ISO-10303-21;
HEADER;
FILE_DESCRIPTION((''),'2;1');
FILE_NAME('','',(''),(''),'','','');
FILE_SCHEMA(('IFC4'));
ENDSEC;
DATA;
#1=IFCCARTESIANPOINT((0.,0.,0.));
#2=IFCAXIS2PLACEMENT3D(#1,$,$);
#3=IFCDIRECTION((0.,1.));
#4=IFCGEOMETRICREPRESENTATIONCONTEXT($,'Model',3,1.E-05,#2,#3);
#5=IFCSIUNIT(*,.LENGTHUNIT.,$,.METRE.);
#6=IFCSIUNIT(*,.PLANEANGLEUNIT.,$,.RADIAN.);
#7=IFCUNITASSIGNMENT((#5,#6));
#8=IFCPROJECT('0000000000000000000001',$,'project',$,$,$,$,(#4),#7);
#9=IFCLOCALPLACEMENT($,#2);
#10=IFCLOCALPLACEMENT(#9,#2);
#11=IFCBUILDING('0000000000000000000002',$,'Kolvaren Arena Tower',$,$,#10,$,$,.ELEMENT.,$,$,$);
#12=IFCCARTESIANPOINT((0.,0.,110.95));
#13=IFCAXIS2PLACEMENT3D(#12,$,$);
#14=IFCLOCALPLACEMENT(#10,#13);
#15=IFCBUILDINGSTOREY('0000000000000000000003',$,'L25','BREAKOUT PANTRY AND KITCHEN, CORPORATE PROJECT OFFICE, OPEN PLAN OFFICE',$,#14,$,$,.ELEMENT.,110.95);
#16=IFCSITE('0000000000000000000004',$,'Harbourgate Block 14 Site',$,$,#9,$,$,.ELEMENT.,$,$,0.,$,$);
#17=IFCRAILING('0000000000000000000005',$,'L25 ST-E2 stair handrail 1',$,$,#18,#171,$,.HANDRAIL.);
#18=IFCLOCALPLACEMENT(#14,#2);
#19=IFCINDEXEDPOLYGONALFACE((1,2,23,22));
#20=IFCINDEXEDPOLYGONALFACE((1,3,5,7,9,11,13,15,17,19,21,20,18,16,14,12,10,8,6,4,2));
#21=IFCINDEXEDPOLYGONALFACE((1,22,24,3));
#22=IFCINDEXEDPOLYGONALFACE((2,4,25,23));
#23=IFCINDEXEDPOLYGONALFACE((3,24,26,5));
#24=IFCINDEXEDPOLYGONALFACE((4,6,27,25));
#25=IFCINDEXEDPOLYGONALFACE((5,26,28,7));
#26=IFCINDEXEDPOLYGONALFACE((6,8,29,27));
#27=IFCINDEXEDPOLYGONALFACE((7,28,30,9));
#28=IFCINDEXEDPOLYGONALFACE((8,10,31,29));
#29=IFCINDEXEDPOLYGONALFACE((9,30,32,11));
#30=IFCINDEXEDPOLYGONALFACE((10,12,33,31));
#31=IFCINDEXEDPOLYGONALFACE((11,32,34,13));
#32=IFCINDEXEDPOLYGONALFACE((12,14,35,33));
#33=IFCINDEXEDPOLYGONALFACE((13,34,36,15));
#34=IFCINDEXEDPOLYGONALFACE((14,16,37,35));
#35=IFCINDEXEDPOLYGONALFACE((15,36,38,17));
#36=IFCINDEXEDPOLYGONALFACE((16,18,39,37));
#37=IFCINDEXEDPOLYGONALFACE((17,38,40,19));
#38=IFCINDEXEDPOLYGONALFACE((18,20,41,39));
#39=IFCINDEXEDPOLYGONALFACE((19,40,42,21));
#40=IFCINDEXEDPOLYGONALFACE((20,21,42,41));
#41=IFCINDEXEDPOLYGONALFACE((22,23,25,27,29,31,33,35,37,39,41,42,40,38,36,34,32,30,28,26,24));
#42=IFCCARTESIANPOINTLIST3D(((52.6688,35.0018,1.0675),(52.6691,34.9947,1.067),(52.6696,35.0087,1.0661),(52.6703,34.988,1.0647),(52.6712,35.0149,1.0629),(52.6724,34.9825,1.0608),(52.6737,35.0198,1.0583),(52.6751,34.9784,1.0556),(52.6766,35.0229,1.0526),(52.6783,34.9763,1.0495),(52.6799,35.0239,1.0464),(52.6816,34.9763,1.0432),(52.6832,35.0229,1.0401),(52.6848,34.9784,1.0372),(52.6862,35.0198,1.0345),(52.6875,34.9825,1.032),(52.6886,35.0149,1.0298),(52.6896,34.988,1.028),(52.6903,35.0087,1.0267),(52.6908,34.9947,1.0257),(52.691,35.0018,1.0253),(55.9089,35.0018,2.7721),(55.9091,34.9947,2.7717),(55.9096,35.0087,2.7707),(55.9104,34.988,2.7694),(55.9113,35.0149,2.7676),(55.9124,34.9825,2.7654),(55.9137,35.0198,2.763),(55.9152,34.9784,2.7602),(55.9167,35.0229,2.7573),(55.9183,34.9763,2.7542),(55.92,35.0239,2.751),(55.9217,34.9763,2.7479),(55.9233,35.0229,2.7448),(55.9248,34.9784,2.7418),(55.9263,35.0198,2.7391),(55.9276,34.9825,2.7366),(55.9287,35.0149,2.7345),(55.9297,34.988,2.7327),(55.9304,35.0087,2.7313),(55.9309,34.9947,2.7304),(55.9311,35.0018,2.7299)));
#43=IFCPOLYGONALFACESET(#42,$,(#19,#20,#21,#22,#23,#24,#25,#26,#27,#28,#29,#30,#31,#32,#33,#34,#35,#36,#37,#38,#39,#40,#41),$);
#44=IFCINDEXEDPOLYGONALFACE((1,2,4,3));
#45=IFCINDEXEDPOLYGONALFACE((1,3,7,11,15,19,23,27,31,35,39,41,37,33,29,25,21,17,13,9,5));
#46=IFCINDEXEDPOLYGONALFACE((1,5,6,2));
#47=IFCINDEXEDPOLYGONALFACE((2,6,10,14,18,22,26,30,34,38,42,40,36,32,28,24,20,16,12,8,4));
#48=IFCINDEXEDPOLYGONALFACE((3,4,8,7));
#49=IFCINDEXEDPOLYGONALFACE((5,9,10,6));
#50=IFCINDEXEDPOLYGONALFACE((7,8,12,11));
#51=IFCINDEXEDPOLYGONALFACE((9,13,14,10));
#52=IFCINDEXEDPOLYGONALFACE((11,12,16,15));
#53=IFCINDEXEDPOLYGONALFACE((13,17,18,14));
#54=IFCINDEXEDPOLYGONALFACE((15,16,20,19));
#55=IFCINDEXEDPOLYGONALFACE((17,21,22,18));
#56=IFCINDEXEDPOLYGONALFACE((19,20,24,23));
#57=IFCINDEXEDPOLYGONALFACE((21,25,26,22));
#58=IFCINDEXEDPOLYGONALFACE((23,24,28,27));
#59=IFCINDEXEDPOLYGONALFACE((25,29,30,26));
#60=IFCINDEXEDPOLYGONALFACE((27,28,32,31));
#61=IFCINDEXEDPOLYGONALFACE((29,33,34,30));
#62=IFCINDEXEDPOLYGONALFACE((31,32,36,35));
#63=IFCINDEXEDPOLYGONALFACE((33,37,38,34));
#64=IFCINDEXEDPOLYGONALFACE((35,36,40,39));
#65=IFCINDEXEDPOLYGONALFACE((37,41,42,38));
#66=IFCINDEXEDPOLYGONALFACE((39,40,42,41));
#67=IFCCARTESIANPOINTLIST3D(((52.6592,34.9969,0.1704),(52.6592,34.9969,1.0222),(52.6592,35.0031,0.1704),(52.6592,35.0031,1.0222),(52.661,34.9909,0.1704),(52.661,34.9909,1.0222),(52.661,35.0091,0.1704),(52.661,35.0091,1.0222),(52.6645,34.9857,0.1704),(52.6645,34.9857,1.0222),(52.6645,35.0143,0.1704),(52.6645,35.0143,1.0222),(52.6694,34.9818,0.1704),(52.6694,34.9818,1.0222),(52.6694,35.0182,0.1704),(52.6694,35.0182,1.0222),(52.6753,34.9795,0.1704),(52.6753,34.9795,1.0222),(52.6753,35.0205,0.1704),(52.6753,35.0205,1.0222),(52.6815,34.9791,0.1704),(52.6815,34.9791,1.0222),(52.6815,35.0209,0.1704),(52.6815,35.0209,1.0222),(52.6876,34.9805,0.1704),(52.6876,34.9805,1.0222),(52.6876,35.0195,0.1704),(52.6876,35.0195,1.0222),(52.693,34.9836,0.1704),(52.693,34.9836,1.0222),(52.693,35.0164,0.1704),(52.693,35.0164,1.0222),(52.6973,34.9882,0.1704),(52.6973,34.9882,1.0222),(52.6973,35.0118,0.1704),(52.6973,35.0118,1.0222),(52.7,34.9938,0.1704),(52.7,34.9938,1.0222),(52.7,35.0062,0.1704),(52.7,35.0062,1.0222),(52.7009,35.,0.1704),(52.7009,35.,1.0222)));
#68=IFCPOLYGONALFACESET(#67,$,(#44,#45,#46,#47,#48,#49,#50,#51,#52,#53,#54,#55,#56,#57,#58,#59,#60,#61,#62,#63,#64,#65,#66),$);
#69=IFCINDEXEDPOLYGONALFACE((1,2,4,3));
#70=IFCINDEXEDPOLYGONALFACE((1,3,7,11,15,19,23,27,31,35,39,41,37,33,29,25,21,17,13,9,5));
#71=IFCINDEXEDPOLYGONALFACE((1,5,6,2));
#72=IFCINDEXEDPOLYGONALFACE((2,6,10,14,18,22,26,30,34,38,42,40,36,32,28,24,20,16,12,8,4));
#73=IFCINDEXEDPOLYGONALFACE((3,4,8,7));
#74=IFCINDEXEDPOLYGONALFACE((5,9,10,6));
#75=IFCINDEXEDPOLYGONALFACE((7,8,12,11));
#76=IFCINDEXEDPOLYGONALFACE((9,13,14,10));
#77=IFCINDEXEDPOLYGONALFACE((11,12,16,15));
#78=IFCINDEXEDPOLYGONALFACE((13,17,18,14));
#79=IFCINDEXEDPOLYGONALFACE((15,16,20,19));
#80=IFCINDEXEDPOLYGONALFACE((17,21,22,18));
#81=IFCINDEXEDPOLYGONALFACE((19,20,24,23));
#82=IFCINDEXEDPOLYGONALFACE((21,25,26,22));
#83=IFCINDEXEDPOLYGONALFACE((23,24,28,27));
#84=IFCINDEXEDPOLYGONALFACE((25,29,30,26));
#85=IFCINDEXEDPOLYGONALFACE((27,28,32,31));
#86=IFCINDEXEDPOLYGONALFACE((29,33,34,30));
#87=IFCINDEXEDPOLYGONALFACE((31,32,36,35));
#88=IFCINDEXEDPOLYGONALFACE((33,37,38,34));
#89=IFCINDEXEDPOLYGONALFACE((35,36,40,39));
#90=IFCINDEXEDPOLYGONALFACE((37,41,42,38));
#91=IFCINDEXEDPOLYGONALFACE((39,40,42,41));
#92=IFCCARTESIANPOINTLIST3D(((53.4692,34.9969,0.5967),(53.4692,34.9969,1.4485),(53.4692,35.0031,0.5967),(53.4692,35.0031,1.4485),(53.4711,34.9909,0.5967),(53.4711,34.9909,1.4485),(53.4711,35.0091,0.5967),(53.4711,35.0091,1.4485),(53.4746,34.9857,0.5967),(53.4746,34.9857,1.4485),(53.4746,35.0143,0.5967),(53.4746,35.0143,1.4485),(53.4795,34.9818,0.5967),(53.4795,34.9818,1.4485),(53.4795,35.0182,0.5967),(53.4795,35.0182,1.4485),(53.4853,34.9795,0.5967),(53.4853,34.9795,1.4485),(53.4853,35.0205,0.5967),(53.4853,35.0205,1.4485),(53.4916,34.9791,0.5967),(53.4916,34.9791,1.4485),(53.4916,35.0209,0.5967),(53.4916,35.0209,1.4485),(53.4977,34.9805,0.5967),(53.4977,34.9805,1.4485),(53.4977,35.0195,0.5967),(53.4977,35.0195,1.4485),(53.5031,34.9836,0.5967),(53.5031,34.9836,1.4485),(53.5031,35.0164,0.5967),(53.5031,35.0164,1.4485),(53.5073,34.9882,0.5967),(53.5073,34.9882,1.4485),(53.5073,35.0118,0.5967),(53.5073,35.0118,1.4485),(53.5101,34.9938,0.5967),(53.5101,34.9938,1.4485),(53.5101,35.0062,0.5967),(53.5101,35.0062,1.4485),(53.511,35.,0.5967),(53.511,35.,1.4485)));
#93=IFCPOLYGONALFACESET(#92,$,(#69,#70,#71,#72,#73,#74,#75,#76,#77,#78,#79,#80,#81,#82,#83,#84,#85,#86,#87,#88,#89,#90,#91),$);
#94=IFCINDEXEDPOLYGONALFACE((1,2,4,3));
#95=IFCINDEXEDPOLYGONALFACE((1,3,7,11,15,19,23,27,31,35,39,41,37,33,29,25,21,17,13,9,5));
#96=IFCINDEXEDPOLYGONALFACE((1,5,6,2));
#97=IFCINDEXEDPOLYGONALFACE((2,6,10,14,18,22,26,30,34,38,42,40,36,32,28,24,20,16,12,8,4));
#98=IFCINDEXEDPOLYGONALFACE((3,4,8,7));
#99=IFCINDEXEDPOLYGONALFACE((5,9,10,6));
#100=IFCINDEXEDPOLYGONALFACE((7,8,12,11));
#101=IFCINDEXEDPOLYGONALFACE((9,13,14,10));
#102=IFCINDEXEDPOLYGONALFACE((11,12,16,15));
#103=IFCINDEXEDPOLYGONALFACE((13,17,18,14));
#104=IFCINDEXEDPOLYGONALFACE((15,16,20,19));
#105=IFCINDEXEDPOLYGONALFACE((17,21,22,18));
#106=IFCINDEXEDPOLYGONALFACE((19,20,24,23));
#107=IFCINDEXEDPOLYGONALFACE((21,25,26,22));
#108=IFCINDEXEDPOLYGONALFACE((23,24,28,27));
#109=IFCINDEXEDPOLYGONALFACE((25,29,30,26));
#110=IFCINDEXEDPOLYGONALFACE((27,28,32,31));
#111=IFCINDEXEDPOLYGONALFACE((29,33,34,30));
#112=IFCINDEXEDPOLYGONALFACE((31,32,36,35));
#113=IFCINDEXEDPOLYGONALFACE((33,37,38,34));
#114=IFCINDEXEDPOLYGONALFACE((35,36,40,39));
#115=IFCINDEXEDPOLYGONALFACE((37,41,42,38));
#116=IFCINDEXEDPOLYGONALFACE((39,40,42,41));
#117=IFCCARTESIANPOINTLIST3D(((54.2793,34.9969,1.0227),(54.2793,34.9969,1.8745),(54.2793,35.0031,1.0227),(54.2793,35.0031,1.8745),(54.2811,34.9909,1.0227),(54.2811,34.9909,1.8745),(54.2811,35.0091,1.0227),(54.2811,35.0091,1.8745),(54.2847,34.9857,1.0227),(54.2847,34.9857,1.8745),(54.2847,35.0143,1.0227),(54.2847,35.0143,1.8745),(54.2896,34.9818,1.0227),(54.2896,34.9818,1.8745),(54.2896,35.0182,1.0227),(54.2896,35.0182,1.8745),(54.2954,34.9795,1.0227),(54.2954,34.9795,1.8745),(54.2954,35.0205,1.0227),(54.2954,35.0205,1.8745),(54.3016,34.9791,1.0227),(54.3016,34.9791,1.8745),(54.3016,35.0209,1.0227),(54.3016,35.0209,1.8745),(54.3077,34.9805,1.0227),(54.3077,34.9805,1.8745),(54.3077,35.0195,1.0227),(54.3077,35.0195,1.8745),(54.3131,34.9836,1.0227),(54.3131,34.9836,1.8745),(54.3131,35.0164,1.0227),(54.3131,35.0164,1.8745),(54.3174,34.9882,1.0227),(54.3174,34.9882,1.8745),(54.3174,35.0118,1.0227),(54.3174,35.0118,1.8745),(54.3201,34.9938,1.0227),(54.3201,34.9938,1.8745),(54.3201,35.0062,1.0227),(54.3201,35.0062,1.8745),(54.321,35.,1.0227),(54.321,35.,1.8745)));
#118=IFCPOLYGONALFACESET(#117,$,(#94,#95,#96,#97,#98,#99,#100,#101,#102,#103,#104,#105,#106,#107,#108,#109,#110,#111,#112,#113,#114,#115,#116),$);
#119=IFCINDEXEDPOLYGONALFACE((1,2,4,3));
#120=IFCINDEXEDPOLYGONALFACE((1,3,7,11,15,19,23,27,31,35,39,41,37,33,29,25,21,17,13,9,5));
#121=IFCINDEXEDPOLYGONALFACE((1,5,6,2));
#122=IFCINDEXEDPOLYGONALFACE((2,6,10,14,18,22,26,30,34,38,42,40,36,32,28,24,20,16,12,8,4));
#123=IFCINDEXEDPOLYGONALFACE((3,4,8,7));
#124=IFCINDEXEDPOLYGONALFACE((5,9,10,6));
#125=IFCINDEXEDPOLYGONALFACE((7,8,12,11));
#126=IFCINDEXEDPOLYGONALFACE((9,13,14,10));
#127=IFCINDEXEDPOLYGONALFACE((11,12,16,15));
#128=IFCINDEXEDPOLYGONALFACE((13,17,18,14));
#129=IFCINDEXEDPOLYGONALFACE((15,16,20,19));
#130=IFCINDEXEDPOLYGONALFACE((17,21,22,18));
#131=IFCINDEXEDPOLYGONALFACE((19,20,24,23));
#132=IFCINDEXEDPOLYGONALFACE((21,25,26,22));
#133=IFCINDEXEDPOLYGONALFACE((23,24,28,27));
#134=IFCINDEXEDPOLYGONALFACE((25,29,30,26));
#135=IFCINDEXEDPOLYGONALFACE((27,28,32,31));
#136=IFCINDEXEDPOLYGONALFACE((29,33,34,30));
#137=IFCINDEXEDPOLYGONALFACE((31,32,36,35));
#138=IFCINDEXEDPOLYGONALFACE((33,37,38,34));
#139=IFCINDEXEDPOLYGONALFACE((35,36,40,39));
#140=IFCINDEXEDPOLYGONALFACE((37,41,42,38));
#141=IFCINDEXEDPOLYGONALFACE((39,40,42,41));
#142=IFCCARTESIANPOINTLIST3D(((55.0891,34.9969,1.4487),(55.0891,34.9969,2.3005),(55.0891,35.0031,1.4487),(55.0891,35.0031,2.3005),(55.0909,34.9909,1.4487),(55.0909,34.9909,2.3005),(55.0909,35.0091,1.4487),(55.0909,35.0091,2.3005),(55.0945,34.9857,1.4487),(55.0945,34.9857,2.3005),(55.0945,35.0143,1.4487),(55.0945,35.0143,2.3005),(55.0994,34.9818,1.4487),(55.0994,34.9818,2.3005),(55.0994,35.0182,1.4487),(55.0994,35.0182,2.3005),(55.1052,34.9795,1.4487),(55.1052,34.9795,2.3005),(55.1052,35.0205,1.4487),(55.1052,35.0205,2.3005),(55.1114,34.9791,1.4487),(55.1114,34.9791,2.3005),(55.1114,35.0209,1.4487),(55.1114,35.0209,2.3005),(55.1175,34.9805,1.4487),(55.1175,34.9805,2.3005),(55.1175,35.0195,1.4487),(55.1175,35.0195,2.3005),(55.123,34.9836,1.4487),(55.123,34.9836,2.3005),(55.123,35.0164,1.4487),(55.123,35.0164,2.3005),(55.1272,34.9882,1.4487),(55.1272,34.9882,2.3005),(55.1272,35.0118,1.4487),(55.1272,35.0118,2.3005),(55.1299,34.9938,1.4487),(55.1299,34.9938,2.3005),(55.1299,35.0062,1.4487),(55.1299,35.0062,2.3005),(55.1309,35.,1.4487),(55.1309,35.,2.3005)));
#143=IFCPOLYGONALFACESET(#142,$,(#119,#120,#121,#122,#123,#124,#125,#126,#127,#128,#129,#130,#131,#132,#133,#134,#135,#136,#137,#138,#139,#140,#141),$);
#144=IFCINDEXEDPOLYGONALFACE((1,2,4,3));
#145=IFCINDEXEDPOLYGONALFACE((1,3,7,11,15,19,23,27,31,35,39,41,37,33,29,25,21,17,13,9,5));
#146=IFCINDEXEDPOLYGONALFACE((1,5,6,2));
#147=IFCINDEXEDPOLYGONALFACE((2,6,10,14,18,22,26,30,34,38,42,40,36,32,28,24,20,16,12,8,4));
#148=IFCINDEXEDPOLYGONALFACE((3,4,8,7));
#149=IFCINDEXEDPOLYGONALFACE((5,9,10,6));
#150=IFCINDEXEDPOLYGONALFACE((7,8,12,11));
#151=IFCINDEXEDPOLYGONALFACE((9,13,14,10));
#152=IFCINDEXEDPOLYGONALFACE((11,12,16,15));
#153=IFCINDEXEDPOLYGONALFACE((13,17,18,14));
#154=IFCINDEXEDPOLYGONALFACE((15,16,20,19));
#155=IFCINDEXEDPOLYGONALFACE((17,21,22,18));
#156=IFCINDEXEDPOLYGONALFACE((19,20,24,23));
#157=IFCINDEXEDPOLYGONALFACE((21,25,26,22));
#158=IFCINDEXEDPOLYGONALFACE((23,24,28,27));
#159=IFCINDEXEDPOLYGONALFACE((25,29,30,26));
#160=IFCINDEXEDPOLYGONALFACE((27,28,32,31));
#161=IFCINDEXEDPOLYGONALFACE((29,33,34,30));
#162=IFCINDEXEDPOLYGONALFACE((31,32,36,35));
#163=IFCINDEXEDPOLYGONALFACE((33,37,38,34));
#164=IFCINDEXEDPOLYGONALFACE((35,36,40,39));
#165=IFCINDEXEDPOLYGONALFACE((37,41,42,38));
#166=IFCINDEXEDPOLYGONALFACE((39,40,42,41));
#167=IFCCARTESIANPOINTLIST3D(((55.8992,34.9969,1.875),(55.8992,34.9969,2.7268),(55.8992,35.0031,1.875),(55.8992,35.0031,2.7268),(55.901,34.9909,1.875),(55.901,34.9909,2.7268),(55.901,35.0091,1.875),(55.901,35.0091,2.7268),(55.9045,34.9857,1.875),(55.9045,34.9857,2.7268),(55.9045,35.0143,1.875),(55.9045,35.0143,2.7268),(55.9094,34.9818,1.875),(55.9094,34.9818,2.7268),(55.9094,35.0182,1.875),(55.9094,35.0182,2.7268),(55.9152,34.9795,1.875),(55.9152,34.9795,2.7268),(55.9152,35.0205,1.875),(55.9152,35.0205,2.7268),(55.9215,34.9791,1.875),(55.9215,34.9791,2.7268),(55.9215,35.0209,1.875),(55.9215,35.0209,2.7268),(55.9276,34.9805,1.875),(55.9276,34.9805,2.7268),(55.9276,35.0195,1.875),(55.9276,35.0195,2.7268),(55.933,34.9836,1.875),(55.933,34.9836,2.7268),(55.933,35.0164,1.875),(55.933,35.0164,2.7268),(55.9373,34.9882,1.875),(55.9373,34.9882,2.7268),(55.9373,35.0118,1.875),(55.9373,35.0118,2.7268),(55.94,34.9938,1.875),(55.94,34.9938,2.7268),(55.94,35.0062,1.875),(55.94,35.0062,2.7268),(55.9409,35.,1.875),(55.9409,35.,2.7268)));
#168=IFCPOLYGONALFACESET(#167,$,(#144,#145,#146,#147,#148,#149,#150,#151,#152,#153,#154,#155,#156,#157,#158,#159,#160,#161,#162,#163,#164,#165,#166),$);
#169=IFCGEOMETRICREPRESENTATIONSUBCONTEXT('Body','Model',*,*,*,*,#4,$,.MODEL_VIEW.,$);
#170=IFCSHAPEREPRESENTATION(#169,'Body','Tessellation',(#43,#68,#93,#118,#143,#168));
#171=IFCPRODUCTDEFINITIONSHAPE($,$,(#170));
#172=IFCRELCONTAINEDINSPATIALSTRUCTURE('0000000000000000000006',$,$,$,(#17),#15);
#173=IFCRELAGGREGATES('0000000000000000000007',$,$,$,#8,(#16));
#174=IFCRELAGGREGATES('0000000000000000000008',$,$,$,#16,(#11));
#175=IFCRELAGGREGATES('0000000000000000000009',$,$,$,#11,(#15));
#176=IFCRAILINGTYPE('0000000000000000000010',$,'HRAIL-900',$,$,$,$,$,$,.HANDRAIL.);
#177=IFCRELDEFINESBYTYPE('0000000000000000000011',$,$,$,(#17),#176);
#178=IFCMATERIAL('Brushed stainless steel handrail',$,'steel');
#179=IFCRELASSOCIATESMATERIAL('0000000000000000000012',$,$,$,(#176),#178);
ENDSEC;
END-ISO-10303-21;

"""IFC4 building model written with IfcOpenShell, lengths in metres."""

from ifc_helpers import new_model, si_unit, direction, frame, origin, origin_2d, place, context, subcontext, project, spatial, circle, extrude, material, type_object, element, save


model = new_model("IFC4")

# Units and contexts
model_context = context("Model", 3, precision=1e-05, world=origin(), true_north=direction((0.0, 1.0)))
body_context = subcontext(model_context, "Body", "Model", "MODEL_VIEW")
ifc_project = project(units=[si_unit("LENGTHUNIT", "METRE"), si_unit("PLANEANGLEUNIT", "RADIAN")], contexts=[model_context])

# Site, building, storey
site_placement = place(None, origin())
site = spatial("IfcSite", under=ifc_project, at=site_placement, Name="Harbourgate Block 14 Site", CompositionType="ELEMENT", RefElevation=0.0)
building_placement = place(site_placement, origin())
building = spatial("IfcBuilding", under=site, at=building_placement, Name="Kolvaren Arena Tower", CompositionType="ELEMENT")
storey_placement = place(building_placement, frame((0.0, 0.0, 110.95)))
storey = spatial("IfcBuildingStorey", under=building, at=storey_placement, Name="L25", Description="BREAKOUT PANTRY AND KITCHEN, CORPORATE PROJECT OFFICE, OPEN PLAN OFFICE", CompositionType="ELEMENT", Elevation=110.95)

# Railing
ifc_material_1 = material(Name="Brushed stainless steel handrail", Category="steel")
railing_type_1 = type_object("IfcRailingType", Name="HRAIL-900", PredefinedType="HANDRAIL", material=ifc_material_1)
for number, where, name in (
    (1, (52.6799, 35.0, 0.1704), "L25 ST-E2 stair handrail 1"),
):
    element("IfcRailing", number, at=place(storey_placement, frame(where)), inside=storey, type_object=railing_type_1, Name=name, PredefinedType="HANDRAIL", context=body_context, shape_type="SweptSolid", body=[
        extrude(circle(Radius=0.0239, at=origin_2d()), frame((0.0, 0.0, 0.876), z_axis=(0.884993, 0.0, 0.465604), x_axis=(0.0, 1.0, 0.0)), (0.0, 0.0, 1.0), 3.6611),
        extrude(circle(Radius=0.021, at=origin_2d()), origin(), (0.0, 0.0, 1.0), 0.8518),
        extrude(circle(Radius=0.021, at=origin_2d()), frame((0.8101, 0.0, 0.4263)), (0.0, 0.0, 1.0), 0.8518),
        extrude(circle(Radius=0.021, at=origin_2d()), frame((1.6201, 0.0, 0.8523)), (0.0, 0.0, 1.0), 0.8518),
        extrude(circle(Radius=0.021, at=origin_2d()), frame((2.4299, 0.0, 1.2783)), (0.0, 0.0, 1.0), 0.8518),
        extrude(circle(Radius=0.021, at=origin_2d()), frame((3.24, 0.0, 1.7046)), (0.0, 0.0, 1.0), 0.8518),
    ])

save(model, "model.ifc")
